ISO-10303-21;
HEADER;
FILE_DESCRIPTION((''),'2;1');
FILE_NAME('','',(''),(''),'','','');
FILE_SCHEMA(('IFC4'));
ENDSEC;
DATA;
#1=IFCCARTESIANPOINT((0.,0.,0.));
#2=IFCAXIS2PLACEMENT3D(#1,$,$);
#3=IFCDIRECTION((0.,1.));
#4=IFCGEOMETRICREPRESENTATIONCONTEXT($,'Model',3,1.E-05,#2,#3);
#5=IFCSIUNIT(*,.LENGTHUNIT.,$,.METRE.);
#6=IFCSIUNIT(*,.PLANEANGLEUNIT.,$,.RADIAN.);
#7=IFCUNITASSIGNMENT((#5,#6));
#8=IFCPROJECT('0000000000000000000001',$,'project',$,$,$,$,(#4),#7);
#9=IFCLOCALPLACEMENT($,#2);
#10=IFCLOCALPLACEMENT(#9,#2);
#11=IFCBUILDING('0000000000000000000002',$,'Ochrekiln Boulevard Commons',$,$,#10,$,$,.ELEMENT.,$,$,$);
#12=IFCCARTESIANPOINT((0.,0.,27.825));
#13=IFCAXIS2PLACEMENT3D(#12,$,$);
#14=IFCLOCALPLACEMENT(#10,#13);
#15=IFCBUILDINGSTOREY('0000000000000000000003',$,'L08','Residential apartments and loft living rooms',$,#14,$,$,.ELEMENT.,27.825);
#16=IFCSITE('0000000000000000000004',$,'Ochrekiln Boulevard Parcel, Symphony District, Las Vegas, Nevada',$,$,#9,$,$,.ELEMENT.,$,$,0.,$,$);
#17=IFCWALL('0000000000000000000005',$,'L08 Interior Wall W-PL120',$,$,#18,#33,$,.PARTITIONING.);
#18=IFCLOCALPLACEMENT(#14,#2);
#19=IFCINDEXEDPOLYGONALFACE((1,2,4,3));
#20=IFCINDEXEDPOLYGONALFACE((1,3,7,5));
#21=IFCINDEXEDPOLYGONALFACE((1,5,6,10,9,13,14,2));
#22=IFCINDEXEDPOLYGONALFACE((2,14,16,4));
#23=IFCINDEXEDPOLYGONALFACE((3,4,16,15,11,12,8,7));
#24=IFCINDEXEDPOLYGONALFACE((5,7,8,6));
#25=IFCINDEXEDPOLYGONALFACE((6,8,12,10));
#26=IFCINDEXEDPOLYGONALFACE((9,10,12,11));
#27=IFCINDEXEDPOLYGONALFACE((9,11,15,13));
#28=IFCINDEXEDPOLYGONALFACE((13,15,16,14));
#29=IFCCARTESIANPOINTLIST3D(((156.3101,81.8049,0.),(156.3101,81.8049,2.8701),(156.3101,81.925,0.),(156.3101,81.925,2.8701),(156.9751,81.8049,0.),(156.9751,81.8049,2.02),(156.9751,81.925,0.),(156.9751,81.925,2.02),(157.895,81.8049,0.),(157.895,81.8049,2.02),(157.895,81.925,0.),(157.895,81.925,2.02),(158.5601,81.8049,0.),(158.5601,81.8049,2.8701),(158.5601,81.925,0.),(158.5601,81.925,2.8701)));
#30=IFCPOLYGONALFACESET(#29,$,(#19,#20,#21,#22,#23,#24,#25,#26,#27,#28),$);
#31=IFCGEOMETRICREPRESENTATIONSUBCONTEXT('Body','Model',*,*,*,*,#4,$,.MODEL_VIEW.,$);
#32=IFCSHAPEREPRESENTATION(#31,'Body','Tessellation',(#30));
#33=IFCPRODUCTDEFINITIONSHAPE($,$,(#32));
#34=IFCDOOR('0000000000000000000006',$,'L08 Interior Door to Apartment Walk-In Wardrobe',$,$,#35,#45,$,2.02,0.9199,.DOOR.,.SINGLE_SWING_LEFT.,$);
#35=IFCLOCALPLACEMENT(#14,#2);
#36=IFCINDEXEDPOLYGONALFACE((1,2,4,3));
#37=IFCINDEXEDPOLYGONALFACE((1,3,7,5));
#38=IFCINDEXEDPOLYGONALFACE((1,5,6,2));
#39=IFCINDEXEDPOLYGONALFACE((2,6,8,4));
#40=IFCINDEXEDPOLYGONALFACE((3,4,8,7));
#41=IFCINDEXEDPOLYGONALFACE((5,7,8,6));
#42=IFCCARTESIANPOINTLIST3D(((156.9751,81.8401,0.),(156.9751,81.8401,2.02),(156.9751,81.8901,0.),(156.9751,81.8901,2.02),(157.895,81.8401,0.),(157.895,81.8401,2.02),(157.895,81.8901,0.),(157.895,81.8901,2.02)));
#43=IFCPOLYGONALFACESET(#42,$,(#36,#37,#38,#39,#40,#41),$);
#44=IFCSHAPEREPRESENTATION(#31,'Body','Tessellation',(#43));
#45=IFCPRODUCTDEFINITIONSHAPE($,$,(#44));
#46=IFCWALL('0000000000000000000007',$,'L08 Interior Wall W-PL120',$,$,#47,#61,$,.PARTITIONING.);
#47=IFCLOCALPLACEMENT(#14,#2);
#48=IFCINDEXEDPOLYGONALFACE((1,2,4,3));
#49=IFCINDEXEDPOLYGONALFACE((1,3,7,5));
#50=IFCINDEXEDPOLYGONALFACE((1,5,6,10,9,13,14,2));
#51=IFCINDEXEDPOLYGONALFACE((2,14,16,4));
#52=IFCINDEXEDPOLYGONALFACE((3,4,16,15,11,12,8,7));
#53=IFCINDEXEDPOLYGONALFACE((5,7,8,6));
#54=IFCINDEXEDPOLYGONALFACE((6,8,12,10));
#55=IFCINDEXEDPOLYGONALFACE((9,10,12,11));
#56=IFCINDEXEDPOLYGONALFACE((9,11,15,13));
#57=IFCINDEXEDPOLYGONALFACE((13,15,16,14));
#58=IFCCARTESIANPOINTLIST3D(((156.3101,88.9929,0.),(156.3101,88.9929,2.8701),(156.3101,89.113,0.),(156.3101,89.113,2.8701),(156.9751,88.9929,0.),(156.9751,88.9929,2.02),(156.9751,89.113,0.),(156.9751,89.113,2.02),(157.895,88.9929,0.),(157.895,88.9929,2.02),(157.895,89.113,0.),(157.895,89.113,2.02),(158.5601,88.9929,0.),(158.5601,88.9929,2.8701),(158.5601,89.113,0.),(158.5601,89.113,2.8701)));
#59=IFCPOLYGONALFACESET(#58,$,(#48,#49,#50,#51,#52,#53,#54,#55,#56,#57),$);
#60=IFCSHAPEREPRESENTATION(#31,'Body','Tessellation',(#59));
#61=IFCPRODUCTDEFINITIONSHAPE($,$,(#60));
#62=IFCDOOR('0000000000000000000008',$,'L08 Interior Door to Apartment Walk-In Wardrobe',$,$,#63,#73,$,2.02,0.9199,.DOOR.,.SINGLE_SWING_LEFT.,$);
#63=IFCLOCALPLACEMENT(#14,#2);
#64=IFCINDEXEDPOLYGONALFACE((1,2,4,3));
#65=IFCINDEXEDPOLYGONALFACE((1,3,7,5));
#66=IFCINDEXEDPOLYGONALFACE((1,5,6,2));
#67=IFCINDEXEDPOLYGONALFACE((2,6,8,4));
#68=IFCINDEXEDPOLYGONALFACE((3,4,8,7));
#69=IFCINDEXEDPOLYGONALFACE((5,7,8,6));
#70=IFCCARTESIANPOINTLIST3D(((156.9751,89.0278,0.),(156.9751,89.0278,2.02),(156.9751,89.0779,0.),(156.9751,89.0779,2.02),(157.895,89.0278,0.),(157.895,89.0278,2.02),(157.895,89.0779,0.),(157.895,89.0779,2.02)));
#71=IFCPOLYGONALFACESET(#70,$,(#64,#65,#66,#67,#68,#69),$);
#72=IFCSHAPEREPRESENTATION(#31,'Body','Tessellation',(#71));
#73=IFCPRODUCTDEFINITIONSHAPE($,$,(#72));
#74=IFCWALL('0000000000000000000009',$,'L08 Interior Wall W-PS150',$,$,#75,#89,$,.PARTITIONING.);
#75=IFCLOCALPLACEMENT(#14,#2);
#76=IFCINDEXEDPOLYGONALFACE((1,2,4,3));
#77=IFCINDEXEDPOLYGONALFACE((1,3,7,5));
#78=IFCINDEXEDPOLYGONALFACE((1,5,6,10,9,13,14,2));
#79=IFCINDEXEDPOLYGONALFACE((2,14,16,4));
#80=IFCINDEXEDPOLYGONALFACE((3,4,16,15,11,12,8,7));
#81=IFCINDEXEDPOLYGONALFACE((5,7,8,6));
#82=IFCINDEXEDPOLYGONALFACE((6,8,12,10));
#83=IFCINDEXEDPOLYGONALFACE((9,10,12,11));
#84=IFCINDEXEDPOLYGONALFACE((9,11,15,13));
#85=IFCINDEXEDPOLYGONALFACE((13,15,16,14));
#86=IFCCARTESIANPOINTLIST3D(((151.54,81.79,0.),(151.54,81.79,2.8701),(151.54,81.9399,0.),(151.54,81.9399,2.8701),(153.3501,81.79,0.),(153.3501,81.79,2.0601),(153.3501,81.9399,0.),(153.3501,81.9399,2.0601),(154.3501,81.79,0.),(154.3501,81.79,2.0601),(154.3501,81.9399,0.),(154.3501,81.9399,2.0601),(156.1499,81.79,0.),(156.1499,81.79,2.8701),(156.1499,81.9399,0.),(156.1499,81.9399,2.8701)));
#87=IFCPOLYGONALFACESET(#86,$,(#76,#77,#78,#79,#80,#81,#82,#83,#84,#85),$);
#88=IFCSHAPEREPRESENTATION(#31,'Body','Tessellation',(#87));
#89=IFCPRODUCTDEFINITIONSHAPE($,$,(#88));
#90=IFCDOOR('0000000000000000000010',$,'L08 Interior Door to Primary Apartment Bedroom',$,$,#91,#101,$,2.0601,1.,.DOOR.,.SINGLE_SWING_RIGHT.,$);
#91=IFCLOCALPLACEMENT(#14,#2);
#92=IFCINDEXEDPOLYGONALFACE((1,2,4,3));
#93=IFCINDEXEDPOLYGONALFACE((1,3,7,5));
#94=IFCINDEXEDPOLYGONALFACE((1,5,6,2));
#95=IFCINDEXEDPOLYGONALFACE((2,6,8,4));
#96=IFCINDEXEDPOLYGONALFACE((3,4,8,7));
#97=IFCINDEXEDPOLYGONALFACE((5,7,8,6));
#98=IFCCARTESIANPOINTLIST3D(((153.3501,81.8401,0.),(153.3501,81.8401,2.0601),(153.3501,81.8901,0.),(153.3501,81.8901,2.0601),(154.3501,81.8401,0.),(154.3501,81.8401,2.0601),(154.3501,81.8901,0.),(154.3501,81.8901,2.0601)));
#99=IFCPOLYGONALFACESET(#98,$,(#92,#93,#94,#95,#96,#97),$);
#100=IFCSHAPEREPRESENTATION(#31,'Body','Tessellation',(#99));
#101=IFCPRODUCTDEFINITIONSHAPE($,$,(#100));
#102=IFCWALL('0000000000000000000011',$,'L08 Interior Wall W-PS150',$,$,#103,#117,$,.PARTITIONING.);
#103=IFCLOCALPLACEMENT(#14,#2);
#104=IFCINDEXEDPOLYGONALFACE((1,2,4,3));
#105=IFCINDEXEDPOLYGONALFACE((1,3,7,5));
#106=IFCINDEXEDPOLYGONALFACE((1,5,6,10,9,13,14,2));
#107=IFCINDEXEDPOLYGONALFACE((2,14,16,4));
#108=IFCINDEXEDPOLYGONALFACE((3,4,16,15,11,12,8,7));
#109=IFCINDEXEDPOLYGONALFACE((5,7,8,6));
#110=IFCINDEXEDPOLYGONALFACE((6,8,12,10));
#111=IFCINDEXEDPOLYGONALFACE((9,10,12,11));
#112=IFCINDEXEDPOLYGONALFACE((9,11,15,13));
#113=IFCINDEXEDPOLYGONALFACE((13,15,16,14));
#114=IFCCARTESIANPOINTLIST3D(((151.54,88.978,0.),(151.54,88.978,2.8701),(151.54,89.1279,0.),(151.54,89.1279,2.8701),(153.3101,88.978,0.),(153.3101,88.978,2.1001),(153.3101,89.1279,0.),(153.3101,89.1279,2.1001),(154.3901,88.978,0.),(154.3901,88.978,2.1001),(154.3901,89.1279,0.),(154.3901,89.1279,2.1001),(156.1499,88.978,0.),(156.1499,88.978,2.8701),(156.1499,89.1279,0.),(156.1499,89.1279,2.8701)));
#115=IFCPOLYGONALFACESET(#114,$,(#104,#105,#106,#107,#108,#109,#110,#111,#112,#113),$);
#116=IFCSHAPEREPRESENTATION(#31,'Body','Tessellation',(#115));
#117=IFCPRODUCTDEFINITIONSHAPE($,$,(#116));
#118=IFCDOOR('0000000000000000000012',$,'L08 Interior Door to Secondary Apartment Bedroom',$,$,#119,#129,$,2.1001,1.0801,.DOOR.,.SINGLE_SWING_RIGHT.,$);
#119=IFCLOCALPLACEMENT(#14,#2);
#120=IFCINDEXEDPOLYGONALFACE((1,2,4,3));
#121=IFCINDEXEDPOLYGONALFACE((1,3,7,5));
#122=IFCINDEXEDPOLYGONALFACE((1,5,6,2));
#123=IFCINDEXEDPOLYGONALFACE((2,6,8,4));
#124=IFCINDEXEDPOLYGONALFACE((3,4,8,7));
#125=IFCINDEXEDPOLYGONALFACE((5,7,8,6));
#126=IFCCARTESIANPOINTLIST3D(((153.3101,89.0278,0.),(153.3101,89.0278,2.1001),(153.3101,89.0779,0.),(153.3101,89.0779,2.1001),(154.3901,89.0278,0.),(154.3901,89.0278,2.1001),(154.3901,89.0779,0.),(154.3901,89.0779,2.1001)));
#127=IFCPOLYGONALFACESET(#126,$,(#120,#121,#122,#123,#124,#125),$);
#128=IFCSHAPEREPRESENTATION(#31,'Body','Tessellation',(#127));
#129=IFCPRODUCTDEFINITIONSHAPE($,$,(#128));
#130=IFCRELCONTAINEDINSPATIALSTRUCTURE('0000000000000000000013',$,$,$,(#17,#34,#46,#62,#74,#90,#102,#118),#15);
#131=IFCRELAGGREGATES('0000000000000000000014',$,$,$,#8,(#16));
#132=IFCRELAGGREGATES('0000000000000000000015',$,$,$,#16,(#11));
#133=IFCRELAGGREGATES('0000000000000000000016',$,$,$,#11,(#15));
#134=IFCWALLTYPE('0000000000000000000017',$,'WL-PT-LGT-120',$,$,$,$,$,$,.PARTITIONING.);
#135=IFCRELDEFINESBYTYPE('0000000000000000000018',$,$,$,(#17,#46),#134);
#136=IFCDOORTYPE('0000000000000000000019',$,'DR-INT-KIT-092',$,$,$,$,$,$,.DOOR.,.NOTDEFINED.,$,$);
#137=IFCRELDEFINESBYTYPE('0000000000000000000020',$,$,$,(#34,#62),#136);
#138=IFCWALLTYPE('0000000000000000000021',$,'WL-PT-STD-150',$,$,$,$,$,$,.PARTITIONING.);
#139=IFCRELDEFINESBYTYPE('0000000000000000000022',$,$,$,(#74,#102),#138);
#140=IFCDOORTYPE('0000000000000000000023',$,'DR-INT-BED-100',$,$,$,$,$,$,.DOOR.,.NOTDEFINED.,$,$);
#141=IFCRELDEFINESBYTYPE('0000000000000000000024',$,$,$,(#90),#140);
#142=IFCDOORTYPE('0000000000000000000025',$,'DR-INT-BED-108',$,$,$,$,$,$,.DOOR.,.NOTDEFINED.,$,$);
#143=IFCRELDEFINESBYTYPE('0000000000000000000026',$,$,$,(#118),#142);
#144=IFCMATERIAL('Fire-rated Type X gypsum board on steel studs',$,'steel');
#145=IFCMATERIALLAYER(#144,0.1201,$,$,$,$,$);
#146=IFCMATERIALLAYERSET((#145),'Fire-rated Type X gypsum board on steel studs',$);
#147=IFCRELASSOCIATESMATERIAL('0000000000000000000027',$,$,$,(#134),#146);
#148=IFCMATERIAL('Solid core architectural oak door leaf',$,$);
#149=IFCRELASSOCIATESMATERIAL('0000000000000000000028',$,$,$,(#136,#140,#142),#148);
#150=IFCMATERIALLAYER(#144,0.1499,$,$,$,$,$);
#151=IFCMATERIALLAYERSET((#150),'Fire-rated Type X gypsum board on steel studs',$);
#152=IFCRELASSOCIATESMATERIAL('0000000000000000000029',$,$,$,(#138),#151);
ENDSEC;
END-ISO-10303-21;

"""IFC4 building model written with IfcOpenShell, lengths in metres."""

from ifc_helpers import new_model, si_unit, direction, frame, frame_2d, origin, place, context, subcontext, project, spatial, rectangle, extrude, material, layer, layer_set, type_object, element, fill, save


model = new_model("IFC4")

# Units and contexts
model_context = context("Model", 3, precision=1e-05, world=origin(), true_north=direction((0.0, 1.0)))
body_context = subcontext(model_context, "Body", "Model", "MODEL_VIEW")
ifc_project = project(units=[si_unit("LENGTHUNIT", "METRE"), si_unit("PLANEANGLEUNIT", "RADIAN")], contexts=[model_context])

# Site, building, storey
site_placement = place(None, origin())
site = spatial("IfcSite", under=ifc_project, at=site_placement, Name="Ochrekiln Boulevard Parcel, Symphony District, Las Vegas, Nevada", CompositionType="ELEMENT", RefElevation=0.0)
building_placement = place(site_placement, origin())
building = spatial("IfcBuilding", under=site, at=building_placement, Name="Ochrekiln Boulevard Commons", CompositionType="ELEMENT")
storey_placement = place(building_placement, frame((0.0, 0.0, 27.825)))
storey = spatial("IfcBuildingStorey", under=building, at=storey_placement, Name="L08", Description="Residential apartments and loft living rooms", CompositionType="ELEMENT", Elevation=27.825)

# Walls, openings, doors
ifc_material_1 = material(Name="Solid core architectural oak door leaf")
ifc_material_2 = material(Name="Fire-rated Type X gypsum board on steel studs", Category="steel")
ifc_layer_1 = layer(ifc_material_2, 0.1201)
ifc_layer_set_1 = layer_set([ifc_layer_1], Name="Fire-rated Type X gypsum board on steel studs")
wall_type_1 = type_object("IfcWallType", Name="WL-PT-LGT-120", PredefinedType="PARTITIONING", material=ifc_layer_set_1)
door_type_1 = type_object("IfcDoorType", Name="DR-INT-KIT-092", OperationType="NOTDEFINED", PredefinedType="DOOR", material=ifc_material_1)
wall_1_placement = place(storey_placement, frame((156.3101, 81.865, 0.0), z_axis=(0.0, 0.0, 1.0), x_axis=(1.0, 0.0, 0.0)))
wall_1 = element("IfcWall", 1, at=wall_1_placement, inside=storey, type_object=wall_type_1, Name="L08 Interior Wall W-PL120", PredefinedType="PARTITIONING", context=body_context, shape_type="SweptSolid", body=[
    extrude(rectangle(XDim=2.25, YDim=0.1201, at=frame_2d((1.125, 0.0))), origin(), (0.0, 0.0, 1.0), 2.8701),
])
opening_1_placement = place(wall_1_placement, frame((0.665, 0.0, 0.0)))
opening_1 = element("IfcOpeningElement", 2, at=opening_1_placement, cuts=wall_1, PredefinedType="OPENING", context=body_context, shape_type="SweptSolid", body=[
    extrude(rectangle(XDim=0.9199, YDim=2.02, at=frame_2d((0.46, 1.01))), frame((0.0, 0.0701, 0.0), z_axis=(0.0, -1.0, 0.0), x_axis=(1.0, 0.0, 0.0)), (0.0, 0.0, 1.0), 0.1401),
])
door_1_placement = place(opening_1_placement, frame((0.9199, 0.0, 0.0), z_axis=(0.0, 0.0, 1.0), x_axis=(-1.0, 0.0, 0.0)))
door_1 = element("IfcDoor", 3, at=door_1_placement, inside=storey, type_object=door_type_1, Name="L08 Interior Door to Apartment Walk-In Wardrobe", OperationType="SINGLE_SWING_LEFT", OverallHeight=2.02, OverallWidth=0.9199, PredefinedType="DOOR", context=body_context, shape_type="SweptSolid", body=[
    extrude(rectangle(XDim=0.9199, YDim=2.02, at=frame_2d((0.46, 1.01))), frame((0.0, 0.0249, 0.0), z_axis=(0.0, -1.0, 0.0), x_axis=(1.0, 0.0, 0.0)), (0.0, 0.0, 1.0), 0.05),
])
fill(opening_1, door_1)
wall_2_placement = place(storey_placement, frame((156.3101, 89.053, 0.0), z_axis=(0.0, 0.0, 1.0), x_axis=(1.0, 0.0, 0.0)))
wall_2 = element("IfcWall", 4, at=wall_2_placement, inside=storey, type_object=wall_type_1, Name="L08 Interior Wall W-PL120", PredefinedType="PARTITIONING", context=body_context, shape_type="SweptSolid", body=[
    extrude(rectangle(XDim=2.25, YDim=0.1201, at=frame_2d((1.125, 0.0))), origin(), (0.0, 0.0, 1.0), 2.8701),
])
opening_2_placement = place(wall_2_placement, frame((0.665, 0.0, 0.0)))
opening_2 = element("IfcOpeningElement", 5, at=opening_2_placement, cuts=wall_2, PredefinedType="OPENING", context=body_context, shape_type="SweptSolid", body=[
    extrude(rectangle(XDim=0.9199, YDim=2.02, at=frame_2d((0.46, 1.01))), frame((0.0, 0.0701, 0.0), z_axis=(0.0, -1.0, 0.0), x_axis=(1.0, 0.0, 0.0)), (0.0, 0.0, 1.0), 0.1401),
])
door_2_placement = place(opening_2_placement, origin())
door_2 = element("IfcDoor", 6, at=door_2_placement, inside=storey, type_object=door_type_1, Name="L08 Interior Door to Apartment Walk-In Wardrobe", OperationType="SINGLE_SWING_LEFT", OverallHeight=2.02, OverallWidth=0.9199, PredefinedType="DOOR", context=body_context, shape_type="SweptSolid", body=[
    extrude(rectangle(XDim=0.9199, YDim=2.02, at=frame_2d((0.46, 1.01))), frame((0.0, 0.0249, 0.0), z_axis=(0.0, -1.0, 0.0), x_axis=(1.0, 0.0, 0.0)), (0.0, 0.0, 1.0), 0.05),
])
fill(opening_2, door_2)
ifc_layer_2 = layer(ifc_material_2, 0.1499)
ifc_layer_set_2 = layer_set([ifc_layer_2], Name="Fire-rated Type X gypsum board on steel studs")
wall_type_2 = type_object("IfcWallType", Name="WL-PT-STD-150", PredefinedType="PARTITIONING", material=ifc_layer_set_2)
wall_3_placement = place(storey_placement, frame((151.54, 81.865, 0.0), z_axis=(0.0, 0.0, 1.0), x_axis=(1.0, 0.0, 0.0)))
wall_3 = element("IfcWall", 7, at=wall_3_placement, inside=storey, type_object=wall_type_2, Name="L08 Interior Wall W-PS150", PredefinedType="PARTITIONING", context=body_context, shape_type="SweptSolid", body=[
    extrude(rectangle(XDim=4.6099, YDim=0.1499, at=frame_2d((2.3049, 0.0))), origin(), (0.0, 0.0, 1.0), 2.8701),
])
opening_3_placement = place(wall_3_placement, frame((1.8101, 0.0, 0.0)))
opening_3 = element("IfcOpeningElement", 8, at=opening_3_placement, cuts=wall_3, PredefinedType="OPENING", context=body_context, shape_type="SweptSolid", body=[
    extrude(rectangle(XDim=1.0, YDim=2.0601, at=frame_2d((0.5, 1.03))), frame((0.0, 0.085, 0.0), z_axis=(0.0, -1.0, 0.0), x_axis=(1.0, 0.0, 0.0)), (0.0, 0.0, 1.0), 0.1699),
])
door_type_2 = type_object("IfcDoorType", Name="DR-INT-BED-100", OperationType="NOTDEFINED", PredefinedType="DOOR", material=ifc_material_1)
door_3_placement = place(opening_3_placement, frame((1.0, 0.0, 0.0), z_axis=(0.0, 0.0, 1.0), x_axis=(-1.0, 0.0, 0.0)))
door_3 = element("IfcDoor", 9, at=door_3_placement, inside=storey, type_object=door_type_2, Name="L08 Interior Door to Primary Apartment Bedroom", OperationType="SINGLE_SWING_RIGHT", OverallHeight=2.0601, OverallWidth=1.0, PredefinedType="DOOR", context=body_context, shape_type="SweptSolid", body=[
    extrude(rectangle(XDim=1.0, YDim=2.0601, at=frame_2d((0.5, 1.03))), frame((0.0, 0.0249, 0.0), z_axis=(0.0, -1.0, 0.0), x_axis=(1.0, 0.0, 0.0)), (0.0, 0.0, 1.0), 0.05),
])
fill(opening_3, door_3)
wall_4_placement = place(storey_placement, frame((151.54, 89.053, 0.0), z_axis=(0.0, 0.0, 1.0), x_axis=(1.0, 0.0, 0.0)))
wall_4 = element("IfcWall", 10, at=wall_4_placement, inside=storey, type_object=wall_type_2, Name="L08 Interior Wall W-PS150", PredefinedType="PARTITIONING", context=body_context, shape_type="SweptSolid", body=[
    extrude(rectangle(XDim=4.6099, YDim=0.1499, at=frame_2d((2.3049, 0.0))), origin(), (0.0, 0.0, 1.0), 2.8701),
])
opening_4_placement = place(wall_4_placement, frame((1.77, 0.0, 0.0)))
opening_4 = element("IfcOpeningElement", 11, at=opening_4_placement, cuts=wall_4, PredefinedType="OPENING", context=body_context, shape_type="SweptSolid", body=[
    extrude(rectangle(XDim=1.0801, YDim=2.1001, at=frame_2d((0.54, 1.05))), frame((0.0, 0.085, 0.0), z_axis=(0.0, -1.0, 0.0), x_axis=(1.0, 0.0, 0.0)), (0.0, 0.0, 1.0), 0.1699),
])
door_type_3 = type_object("IfcDoorType", Name="DR-INT-BED-108", OperationType="NOTDEFINED", PredefinedType="DOOR", material=ifc_material_1)
door_4_placement = place(opening_4_placement, origin())
door_4 = element("IfcDoor", 12, at=door_4_placement, inside=storey, type_object=door_type_3, Name="L08 Interior Door to Secondary Apartment Bedroom", OperationType="SINGLE_SWING_RIGHT", OverallHeight=2.1001, OverallWidth=1.0801, PredefinedType="DOOR", context=body_context, shape_type="SweptSolid", body=[
    extrude(rectangle(XDim=1.0801, YDim=2.1001, at=frame_2d((0.54, 1.05))), frame((0.0, 0.0249, 0.0), z_axis=(0.0, -1.0, 0.0), x_axis=(1.0, 0.0, 0.0)), (0.0, 0.0, 1.0), 0.05),
])
fill(opening_4, door_4)

save(model, "model.ifc")
